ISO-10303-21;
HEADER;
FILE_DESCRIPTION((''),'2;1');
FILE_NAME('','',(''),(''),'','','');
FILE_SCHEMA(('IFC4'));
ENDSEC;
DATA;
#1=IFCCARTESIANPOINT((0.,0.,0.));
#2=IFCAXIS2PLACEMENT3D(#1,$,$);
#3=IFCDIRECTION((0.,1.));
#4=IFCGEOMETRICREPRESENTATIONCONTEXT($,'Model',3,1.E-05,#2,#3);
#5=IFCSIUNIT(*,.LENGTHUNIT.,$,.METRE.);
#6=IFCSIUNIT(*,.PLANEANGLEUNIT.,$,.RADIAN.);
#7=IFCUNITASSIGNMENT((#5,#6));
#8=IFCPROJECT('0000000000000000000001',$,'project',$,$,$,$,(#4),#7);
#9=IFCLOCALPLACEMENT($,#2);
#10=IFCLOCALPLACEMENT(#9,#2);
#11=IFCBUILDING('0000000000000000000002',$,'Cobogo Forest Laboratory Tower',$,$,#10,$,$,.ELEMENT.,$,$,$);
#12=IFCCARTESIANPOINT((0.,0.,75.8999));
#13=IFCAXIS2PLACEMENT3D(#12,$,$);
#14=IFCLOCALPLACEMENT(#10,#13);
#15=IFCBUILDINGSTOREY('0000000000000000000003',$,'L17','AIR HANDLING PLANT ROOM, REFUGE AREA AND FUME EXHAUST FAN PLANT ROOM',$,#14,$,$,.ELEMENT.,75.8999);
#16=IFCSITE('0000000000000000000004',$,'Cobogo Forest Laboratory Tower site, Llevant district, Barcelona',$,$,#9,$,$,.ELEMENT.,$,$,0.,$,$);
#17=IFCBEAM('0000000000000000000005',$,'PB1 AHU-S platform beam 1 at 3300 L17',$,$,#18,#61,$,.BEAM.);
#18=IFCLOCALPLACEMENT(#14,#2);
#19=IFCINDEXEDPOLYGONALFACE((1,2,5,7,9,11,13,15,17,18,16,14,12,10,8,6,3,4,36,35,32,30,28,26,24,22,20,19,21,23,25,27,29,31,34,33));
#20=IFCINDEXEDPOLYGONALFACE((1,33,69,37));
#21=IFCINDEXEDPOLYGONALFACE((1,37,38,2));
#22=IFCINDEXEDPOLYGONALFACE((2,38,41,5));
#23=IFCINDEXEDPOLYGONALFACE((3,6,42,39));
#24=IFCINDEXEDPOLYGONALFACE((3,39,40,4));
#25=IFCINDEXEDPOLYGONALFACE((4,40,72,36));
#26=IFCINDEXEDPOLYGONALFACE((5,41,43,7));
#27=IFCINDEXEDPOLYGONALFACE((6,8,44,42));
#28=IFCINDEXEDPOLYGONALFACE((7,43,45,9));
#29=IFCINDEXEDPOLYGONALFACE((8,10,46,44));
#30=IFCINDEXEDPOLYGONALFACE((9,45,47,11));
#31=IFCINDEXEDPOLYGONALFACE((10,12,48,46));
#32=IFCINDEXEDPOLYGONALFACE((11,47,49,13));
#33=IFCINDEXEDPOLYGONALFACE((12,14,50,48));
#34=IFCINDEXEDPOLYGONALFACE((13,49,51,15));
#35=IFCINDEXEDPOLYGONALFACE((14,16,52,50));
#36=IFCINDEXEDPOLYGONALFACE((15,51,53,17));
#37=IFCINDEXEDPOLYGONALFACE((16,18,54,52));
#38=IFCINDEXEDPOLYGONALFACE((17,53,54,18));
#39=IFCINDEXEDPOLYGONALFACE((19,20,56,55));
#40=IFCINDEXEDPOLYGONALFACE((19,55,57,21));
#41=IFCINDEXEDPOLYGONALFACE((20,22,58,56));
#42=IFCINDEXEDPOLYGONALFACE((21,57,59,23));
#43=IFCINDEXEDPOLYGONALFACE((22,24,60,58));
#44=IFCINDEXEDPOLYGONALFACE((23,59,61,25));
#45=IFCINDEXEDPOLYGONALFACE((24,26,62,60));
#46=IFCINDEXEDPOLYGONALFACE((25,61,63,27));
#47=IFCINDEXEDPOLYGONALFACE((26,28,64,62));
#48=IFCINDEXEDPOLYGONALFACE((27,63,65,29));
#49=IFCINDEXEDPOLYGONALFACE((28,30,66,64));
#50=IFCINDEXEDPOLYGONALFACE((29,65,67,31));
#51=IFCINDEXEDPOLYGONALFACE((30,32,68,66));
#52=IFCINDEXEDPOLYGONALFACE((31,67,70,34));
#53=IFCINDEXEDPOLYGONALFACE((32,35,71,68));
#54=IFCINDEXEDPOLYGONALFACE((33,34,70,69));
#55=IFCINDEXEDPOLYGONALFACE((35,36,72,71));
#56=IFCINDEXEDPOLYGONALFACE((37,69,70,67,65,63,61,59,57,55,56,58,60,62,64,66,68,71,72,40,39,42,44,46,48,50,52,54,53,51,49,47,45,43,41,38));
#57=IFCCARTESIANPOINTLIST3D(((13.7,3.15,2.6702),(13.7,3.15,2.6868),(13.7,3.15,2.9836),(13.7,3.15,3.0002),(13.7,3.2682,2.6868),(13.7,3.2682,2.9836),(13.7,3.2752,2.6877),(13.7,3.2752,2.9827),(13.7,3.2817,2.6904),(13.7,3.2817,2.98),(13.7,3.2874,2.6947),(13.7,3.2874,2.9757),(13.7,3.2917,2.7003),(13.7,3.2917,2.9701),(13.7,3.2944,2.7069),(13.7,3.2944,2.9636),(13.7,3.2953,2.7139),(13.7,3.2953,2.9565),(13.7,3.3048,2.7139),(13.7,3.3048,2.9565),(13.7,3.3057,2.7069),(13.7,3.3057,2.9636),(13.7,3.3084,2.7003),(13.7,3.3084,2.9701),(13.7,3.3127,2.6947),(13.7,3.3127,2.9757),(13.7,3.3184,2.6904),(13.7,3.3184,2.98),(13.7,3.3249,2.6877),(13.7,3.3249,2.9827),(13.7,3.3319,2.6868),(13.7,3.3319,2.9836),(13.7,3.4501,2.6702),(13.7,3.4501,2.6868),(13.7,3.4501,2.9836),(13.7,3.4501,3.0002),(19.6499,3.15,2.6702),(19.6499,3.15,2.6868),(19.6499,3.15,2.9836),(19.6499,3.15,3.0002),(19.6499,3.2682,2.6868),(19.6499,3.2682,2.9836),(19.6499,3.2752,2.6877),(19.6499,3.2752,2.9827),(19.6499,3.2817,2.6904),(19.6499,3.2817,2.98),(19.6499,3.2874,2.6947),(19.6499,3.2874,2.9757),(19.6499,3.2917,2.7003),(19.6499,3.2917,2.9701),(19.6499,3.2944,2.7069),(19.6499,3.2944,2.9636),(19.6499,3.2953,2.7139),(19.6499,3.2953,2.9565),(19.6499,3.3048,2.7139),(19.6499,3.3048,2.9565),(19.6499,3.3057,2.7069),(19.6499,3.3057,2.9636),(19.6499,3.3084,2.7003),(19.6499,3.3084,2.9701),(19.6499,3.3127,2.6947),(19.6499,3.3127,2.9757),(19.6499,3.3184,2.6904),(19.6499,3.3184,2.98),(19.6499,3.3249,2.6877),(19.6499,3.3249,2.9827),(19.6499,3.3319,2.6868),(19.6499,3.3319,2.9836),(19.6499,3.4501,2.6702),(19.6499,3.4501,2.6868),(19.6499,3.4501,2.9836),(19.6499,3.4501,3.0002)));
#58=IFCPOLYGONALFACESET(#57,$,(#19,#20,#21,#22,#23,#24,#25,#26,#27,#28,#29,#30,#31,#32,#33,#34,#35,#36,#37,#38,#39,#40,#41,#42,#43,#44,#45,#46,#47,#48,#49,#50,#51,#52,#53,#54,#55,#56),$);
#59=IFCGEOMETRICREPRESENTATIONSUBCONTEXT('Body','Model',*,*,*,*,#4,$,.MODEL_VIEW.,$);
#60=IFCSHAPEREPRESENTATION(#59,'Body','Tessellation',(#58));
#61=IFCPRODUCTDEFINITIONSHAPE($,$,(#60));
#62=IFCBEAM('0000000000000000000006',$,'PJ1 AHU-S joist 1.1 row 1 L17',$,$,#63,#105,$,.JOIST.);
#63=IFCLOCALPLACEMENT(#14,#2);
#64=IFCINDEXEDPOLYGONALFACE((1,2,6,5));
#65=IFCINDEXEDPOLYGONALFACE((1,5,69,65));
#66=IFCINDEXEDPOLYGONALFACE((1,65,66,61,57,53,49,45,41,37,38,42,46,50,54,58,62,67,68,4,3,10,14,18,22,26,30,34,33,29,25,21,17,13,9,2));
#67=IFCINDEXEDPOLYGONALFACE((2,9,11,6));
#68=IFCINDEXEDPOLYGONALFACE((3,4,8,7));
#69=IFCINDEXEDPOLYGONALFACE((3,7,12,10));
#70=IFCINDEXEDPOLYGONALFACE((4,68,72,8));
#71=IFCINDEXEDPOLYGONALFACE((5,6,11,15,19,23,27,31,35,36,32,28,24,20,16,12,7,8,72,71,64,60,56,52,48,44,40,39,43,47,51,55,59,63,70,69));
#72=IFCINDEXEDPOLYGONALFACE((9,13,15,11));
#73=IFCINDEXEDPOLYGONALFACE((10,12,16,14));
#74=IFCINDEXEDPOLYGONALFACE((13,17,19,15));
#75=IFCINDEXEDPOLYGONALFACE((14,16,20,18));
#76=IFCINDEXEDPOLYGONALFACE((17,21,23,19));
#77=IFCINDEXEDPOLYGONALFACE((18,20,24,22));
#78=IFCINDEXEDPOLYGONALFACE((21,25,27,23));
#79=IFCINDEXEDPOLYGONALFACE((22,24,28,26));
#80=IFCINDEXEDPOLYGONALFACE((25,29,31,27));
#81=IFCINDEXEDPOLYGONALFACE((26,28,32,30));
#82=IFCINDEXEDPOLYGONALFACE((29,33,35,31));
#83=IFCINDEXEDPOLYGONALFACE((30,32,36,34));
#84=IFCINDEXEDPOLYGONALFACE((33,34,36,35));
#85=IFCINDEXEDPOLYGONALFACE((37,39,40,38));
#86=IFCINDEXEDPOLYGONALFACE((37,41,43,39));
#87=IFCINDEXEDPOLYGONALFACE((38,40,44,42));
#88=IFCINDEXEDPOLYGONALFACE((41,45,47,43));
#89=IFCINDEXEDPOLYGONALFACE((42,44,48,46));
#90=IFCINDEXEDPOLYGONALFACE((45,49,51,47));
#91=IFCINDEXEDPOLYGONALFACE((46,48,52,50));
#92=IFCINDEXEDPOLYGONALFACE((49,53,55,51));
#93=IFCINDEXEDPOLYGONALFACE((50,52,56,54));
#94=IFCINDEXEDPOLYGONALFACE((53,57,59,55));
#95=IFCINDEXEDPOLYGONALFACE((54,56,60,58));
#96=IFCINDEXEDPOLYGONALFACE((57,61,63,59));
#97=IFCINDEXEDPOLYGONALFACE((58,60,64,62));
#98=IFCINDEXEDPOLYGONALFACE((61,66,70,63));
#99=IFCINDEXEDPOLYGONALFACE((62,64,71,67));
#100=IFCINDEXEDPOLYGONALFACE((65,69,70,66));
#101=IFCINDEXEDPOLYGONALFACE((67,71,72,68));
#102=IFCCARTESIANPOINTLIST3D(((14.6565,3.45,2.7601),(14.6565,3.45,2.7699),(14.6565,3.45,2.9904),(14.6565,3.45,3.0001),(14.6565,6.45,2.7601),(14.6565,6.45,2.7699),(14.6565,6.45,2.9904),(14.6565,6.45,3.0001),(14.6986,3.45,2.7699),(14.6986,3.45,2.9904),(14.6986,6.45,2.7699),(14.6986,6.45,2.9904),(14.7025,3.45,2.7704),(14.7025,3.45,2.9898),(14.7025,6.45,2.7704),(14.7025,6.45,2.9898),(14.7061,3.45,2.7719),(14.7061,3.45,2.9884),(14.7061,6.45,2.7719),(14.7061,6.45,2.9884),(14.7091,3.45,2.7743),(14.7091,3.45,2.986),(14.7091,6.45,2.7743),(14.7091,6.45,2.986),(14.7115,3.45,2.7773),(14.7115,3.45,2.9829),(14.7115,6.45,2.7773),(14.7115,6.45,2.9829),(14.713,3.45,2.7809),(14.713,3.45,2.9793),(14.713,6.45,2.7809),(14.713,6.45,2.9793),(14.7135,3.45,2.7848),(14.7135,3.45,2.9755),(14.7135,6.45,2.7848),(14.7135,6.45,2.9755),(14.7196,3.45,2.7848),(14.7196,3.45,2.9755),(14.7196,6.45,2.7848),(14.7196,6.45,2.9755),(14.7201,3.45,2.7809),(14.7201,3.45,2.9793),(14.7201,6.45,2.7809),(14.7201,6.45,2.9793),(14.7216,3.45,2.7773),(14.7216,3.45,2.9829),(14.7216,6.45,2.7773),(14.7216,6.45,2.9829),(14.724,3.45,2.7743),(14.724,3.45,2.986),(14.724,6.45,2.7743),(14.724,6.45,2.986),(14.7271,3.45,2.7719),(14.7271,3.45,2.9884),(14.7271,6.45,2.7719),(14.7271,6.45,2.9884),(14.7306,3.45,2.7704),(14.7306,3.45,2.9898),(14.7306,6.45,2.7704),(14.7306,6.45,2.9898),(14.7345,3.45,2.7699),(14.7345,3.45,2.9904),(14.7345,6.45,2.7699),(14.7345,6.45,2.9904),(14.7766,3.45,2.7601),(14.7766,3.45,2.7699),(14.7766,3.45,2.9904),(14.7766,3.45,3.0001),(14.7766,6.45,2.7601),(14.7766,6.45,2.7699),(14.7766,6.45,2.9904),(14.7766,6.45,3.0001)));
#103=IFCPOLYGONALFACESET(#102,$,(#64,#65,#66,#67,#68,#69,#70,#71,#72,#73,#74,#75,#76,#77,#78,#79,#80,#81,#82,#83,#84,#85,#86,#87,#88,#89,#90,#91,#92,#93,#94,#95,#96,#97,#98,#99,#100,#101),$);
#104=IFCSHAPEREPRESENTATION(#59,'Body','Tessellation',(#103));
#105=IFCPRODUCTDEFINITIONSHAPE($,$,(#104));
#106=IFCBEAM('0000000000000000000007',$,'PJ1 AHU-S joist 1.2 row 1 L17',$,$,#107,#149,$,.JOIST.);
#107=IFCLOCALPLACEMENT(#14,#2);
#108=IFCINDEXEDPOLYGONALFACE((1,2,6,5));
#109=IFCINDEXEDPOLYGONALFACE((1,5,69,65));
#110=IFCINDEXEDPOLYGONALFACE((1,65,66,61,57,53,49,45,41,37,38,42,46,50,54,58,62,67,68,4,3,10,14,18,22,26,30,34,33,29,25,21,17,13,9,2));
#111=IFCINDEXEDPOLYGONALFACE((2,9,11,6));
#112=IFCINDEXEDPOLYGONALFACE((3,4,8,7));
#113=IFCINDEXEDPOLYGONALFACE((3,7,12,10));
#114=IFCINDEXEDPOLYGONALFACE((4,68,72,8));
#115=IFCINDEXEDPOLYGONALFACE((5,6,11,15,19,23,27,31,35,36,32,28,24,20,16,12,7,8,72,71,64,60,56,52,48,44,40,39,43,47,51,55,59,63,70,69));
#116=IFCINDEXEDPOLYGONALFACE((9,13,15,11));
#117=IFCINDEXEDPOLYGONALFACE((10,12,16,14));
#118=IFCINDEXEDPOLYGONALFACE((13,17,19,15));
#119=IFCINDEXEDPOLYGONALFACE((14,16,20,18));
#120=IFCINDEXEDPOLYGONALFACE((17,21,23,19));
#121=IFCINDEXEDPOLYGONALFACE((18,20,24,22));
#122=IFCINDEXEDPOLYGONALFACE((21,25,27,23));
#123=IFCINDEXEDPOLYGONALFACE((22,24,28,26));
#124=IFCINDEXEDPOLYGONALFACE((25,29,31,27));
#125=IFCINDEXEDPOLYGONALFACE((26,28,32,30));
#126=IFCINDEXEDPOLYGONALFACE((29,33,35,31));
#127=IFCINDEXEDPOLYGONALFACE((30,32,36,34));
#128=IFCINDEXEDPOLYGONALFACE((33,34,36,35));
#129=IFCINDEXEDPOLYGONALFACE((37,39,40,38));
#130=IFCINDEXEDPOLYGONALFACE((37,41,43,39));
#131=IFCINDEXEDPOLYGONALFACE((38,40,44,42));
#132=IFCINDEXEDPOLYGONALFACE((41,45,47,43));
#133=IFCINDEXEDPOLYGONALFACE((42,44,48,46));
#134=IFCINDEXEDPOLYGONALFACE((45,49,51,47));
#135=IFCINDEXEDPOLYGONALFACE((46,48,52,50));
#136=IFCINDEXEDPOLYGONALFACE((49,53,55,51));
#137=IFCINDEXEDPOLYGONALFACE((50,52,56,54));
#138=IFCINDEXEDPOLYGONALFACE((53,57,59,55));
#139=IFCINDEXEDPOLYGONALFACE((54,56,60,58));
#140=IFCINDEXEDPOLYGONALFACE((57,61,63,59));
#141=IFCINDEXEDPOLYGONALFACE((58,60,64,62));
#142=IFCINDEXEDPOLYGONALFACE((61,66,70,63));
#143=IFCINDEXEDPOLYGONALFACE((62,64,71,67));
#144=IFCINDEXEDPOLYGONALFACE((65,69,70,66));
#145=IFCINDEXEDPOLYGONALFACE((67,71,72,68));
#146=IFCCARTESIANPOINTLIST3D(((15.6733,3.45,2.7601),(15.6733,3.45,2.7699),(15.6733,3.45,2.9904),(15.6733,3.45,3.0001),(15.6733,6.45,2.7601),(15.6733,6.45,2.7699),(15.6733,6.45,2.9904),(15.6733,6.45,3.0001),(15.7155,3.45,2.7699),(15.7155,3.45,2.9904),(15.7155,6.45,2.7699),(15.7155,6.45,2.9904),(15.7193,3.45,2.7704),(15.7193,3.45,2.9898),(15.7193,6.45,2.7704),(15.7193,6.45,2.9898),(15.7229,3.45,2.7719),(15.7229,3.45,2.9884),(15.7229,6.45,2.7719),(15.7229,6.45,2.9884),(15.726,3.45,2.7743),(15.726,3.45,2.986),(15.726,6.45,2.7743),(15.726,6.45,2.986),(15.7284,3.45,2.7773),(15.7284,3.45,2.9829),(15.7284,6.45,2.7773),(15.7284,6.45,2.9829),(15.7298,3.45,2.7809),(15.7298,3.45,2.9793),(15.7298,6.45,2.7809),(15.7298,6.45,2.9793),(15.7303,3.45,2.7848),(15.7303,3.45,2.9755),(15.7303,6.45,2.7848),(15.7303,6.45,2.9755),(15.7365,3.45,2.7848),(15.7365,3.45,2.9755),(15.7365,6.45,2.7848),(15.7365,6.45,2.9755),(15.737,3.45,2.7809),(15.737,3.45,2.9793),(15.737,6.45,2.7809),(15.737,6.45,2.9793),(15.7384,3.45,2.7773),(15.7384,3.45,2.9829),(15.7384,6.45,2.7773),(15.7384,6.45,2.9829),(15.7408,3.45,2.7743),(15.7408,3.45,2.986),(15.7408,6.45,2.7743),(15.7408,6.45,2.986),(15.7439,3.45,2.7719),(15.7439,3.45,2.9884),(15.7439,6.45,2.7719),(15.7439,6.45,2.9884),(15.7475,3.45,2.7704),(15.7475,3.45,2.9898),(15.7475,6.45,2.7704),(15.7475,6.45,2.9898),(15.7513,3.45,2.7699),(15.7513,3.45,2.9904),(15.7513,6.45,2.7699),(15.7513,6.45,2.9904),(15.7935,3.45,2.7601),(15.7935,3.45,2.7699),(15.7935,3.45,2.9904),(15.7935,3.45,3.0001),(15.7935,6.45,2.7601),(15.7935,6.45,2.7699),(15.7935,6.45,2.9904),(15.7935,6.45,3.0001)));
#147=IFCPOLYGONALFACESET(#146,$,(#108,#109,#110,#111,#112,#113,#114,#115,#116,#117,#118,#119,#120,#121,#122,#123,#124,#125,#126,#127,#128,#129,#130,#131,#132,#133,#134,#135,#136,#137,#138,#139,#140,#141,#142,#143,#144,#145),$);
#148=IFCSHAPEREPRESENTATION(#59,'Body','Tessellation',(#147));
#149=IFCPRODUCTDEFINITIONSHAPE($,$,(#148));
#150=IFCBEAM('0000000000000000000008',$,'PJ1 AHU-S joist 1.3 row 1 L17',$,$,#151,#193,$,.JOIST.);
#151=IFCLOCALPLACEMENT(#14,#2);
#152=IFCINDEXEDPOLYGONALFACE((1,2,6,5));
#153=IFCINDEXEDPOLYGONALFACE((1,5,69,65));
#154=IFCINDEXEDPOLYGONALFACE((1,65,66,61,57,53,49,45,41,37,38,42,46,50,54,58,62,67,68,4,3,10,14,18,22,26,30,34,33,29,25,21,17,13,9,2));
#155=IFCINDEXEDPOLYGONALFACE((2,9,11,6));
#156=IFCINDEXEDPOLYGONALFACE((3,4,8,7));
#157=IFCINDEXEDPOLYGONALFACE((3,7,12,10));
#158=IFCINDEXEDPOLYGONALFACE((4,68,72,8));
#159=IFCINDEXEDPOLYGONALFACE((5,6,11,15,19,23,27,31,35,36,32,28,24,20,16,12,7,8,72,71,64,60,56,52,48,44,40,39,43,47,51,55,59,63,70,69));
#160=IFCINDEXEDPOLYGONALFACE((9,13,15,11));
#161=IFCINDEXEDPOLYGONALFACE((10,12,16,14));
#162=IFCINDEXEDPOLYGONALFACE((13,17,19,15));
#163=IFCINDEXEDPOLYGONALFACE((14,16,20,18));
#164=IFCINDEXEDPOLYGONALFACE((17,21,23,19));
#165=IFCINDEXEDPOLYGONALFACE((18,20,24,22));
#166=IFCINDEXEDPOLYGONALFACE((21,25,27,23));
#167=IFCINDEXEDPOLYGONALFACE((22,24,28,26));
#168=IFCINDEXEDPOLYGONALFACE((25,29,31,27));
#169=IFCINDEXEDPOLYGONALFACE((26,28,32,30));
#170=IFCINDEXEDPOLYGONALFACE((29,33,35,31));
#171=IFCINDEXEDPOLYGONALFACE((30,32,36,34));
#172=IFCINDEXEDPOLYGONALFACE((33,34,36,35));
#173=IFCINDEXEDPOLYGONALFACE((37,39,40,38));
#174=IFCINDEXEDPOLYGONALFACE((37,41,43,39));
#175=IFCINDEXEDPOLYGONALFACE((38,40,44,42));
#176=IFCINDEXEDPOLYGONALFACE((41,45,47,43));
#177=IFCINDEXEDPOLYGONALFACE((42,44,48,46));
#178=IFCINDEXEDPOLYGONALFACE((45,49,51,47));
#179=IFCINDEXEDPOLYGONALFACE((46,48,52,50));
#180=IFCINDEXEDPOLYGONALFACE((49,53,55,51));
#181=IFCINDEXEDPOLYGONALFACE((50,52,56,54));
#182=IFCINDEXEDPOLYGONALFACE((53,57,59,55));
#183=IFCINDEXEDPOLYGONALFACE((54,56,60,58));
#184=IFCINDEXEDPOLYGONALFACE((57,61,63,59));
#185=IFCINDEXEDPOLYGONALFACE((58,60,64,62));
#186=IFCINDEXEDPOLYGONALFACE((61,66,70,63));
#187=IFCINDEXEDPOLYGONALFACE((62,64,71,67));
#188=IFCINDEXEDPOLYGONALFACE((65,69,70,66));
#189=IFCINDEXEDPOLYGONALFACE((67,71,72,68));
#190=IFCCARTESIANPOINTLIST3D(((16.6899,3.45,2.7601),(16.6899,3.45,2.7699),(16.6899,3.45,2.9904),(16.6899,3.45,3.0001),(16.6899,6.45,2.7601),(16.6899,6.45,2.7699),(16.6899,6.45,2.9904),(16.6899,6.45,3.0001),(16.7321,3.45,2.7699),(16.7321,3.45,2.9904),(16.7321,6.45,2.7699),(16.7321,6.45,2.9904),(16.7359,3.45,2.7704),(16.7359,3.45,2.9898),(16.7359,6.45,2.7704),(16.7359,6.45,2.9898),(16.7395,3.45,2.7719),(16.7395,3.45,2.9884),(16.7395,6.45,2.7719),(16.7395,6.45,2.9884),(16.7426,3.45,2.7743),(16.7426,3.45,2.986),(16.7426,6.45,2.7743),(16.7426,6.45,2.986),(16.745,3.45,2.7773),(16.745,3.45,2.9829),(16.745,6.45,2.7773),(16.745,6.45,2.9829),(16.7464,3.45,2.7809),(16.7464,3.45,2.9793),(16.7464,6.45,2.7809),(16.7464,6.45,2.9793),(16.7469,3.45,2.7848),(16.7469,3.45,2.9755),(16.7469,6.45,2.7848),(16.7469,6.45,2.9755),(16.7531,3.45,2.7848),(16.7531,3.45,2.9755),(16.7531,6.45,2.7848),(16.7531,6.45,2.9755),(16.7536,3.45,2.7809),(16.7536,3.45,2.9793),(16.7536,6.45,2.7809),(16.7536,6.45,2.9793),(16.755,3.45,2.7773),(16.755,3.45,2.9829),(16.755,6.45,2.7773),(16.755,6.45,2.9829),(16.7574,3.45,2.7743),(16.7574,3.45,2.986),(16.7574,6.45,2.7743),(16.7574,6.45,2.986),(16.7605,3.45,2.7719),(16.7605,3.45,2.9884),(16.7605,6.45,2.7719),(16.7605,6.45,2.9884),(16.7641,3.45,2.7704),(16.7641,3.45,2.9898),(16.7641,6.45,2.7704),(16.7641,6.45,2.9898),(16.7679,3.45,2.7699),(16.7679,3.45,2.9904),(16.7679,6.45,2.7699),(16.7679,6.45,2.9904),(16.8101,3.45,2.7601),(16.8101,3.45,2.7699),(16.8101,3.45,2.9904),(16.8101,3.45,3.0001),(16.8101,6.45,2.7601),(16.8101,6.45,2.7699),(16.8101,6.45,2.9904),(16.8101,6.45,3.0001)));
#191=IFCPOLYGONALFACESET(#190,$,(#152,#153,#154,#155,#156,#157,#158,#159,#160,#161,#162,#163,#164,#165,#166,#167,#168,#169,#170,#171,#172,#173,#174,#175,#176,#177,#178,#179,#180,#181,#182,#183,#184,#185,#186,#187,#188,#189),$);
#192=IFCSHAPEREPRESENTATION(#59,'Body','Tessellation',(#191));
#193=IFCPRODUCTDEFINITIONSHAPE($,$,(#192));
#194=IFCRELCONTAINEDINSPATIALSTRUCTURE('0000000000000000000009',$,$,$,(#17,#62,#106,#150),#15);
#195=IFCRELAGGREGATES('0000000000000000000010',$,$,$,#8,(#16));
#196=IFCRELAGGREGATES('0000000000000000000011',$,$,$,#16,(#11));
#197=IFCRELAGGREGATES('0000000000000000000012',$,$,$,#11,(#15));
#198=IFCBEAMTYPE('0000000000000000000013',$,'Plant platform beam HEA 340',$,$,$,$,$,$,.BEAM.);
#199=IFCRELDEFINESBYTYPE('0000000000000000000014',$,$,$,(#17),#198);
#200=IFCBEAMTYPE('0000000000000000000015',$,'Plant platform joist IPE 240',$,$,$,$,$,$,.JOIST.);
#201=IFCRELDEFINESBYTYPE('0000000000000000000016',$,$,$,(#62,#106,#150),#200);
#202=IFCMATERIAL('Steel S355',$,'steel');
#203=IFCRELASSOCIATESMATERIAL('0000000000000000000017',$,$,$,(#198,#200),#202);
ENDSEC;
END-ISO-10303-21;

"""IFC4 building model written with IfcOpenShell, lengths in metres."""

from ifc_helpers import new_model, si_unit, direction, frame, origin, origin_2d, place, context, subcontext, project, spatial, i_section, extrude, material, material_profile, profile_set, type_object, element, save


model = new_model("IFC4")

# Units and contexts
model_context = context("Model", 3, precision=1e-05, world=origin(), true_north=direction((0.0, 1.0)))
body_context = subcontext(model_context, "Body", "Model", "MODEL_VIEW")
ifc_project = project(units=[si_unit("LENGTHUNIT", "METRE"), si_unit("PLANEANGLEUNIT", "RADIAN")], contexts=[model_context])

# Site, building, storey
site_placement = place(None, origin())
site = spatial("IfcSite", under=ifc_project, at=site_placement, Name="Cobogo Forest Laboratory Tower site, Llevant district, Barcelona", CompositionType="ELEMENT", RefElevation=0.0)
building_placement = place(site_placement, origin())
building = spatial("IfcBuilding", under=site, at=building_placement, Name="Cobogo Forest Laboratory Tower", CompositionType="ELEMENT")
storey_placement = place(building_placement, frame((0.0, 0.0, 75.8999)))
storey = spatial("IfcBuildingStorey", under=building, at=storey_placement, Name="L17", Description="AIR HANDLING PLANT ROOM, REFUGE AREA AND FUME EXHAUST FAN PLANT ROOM", CompositionType="ELEMENT", Elevation=75.8999)

# Beams
ifc_material_1 = material(Name="Steel S355", Category="steel")
ifc_material_profile_1 = material_profile(ifc_material_1, i_section(OverallWidth=0.3, OverallDepth=0.3301, WebThickness=0.0095, FlangeThickness=0.0166, FilletRadius=0.0271, at=origin_2d()), Name="HEA 340")
ifc_profile_set_1 = profile_set([ifc_material_profile_1], Name="Steel S355")
beam_type_1 = type_object("IfcBeamType", Name="Plant platform beam HEA 340", PredefinedType="BEAM", material=ifc_profile_set_1)
beam_1_placement = place(storey_placement, frame((13.7, 3.3, 2.8352), z_axis=(1.0, 0.0, 0.0), x_axis=(0.0, 1.0, 0.0)))
element("IfcBeam", 1, at=beam_1_placement, inside=storey, type_object=beam_type_1, Name="PB1 AHU-S platform beam 1 at 3300 L17", PredefinedType="BEAM", context=body_context, shape_type="SweptSolid", body=[
    extrude(i_section(OverallWidth=0.3, OverallDepth=0.3301, WebThickness=0.0095, FlangeThickness=0.0166, FilletRadius=0.0271, at=origin_2d()), origin(), (0.0, 0.0, 1.0), 5.95),
])
ifc_material_profile_2 = material_profile(ifc_material_1, i_section(OverallWidth=0.1201, OverallDepth=0.24, WebThickness=0.0061, FlangeThickness=0.0098, FilletRadius=0.0149, at=origin_2d()), Name="IPE 240")
ifc_profile_set_2 = profile_set([ifc_material_profile_2], Name="Steel S355")
beam_type_2 = type_object("IfcBeamType", Name="Plant platform joist IPE 240", PredefinedType="JOIST", material=ifc_profile_set_2)
for number, where, z_axis, x_axis, name in (
    (2, (14.7166, 3.45, 2.8801), (0.0, 1.0, 0.0), (-1.0, 0.0, 0.0), "PJ1 AHU-S joist 1.1 row 1 L17"),
    (3, (15.7334, 3.45, 2.8801), (0.0, 1.0, 0.0), (-1.0, 0.0, 0.0), "PJ1 AHU-S joist 1.2 row 1 L17"),
    (4, (16.75, 3.45, 2.8801), (0.0, 1.0, 0.0), (-1.0, 0.0, 0.0), "PJ1 AHU-S joist 1.3 row 1 L17"),
):
    element("IfcBeam", number, at=place(storey_placement, frame(where, z_axis=z_axis, x_axis=x_axis)), inside=storey, type_object=beam_type_2, Name=name, PredefinedType="JOIST", context=body_context, shape_type="SweptSolid", body=[
        extrude(i_section(OverallWidth=0.1201, OverallDepth=0.24, WebThickness=0.0061, FlangeThickness=0.0098, FilletRadius=0.0149, at=origin_2d()), origin(), (0.0, 0.0, 1.0), 3.0),
    ])

save(model, "model.ifc")
